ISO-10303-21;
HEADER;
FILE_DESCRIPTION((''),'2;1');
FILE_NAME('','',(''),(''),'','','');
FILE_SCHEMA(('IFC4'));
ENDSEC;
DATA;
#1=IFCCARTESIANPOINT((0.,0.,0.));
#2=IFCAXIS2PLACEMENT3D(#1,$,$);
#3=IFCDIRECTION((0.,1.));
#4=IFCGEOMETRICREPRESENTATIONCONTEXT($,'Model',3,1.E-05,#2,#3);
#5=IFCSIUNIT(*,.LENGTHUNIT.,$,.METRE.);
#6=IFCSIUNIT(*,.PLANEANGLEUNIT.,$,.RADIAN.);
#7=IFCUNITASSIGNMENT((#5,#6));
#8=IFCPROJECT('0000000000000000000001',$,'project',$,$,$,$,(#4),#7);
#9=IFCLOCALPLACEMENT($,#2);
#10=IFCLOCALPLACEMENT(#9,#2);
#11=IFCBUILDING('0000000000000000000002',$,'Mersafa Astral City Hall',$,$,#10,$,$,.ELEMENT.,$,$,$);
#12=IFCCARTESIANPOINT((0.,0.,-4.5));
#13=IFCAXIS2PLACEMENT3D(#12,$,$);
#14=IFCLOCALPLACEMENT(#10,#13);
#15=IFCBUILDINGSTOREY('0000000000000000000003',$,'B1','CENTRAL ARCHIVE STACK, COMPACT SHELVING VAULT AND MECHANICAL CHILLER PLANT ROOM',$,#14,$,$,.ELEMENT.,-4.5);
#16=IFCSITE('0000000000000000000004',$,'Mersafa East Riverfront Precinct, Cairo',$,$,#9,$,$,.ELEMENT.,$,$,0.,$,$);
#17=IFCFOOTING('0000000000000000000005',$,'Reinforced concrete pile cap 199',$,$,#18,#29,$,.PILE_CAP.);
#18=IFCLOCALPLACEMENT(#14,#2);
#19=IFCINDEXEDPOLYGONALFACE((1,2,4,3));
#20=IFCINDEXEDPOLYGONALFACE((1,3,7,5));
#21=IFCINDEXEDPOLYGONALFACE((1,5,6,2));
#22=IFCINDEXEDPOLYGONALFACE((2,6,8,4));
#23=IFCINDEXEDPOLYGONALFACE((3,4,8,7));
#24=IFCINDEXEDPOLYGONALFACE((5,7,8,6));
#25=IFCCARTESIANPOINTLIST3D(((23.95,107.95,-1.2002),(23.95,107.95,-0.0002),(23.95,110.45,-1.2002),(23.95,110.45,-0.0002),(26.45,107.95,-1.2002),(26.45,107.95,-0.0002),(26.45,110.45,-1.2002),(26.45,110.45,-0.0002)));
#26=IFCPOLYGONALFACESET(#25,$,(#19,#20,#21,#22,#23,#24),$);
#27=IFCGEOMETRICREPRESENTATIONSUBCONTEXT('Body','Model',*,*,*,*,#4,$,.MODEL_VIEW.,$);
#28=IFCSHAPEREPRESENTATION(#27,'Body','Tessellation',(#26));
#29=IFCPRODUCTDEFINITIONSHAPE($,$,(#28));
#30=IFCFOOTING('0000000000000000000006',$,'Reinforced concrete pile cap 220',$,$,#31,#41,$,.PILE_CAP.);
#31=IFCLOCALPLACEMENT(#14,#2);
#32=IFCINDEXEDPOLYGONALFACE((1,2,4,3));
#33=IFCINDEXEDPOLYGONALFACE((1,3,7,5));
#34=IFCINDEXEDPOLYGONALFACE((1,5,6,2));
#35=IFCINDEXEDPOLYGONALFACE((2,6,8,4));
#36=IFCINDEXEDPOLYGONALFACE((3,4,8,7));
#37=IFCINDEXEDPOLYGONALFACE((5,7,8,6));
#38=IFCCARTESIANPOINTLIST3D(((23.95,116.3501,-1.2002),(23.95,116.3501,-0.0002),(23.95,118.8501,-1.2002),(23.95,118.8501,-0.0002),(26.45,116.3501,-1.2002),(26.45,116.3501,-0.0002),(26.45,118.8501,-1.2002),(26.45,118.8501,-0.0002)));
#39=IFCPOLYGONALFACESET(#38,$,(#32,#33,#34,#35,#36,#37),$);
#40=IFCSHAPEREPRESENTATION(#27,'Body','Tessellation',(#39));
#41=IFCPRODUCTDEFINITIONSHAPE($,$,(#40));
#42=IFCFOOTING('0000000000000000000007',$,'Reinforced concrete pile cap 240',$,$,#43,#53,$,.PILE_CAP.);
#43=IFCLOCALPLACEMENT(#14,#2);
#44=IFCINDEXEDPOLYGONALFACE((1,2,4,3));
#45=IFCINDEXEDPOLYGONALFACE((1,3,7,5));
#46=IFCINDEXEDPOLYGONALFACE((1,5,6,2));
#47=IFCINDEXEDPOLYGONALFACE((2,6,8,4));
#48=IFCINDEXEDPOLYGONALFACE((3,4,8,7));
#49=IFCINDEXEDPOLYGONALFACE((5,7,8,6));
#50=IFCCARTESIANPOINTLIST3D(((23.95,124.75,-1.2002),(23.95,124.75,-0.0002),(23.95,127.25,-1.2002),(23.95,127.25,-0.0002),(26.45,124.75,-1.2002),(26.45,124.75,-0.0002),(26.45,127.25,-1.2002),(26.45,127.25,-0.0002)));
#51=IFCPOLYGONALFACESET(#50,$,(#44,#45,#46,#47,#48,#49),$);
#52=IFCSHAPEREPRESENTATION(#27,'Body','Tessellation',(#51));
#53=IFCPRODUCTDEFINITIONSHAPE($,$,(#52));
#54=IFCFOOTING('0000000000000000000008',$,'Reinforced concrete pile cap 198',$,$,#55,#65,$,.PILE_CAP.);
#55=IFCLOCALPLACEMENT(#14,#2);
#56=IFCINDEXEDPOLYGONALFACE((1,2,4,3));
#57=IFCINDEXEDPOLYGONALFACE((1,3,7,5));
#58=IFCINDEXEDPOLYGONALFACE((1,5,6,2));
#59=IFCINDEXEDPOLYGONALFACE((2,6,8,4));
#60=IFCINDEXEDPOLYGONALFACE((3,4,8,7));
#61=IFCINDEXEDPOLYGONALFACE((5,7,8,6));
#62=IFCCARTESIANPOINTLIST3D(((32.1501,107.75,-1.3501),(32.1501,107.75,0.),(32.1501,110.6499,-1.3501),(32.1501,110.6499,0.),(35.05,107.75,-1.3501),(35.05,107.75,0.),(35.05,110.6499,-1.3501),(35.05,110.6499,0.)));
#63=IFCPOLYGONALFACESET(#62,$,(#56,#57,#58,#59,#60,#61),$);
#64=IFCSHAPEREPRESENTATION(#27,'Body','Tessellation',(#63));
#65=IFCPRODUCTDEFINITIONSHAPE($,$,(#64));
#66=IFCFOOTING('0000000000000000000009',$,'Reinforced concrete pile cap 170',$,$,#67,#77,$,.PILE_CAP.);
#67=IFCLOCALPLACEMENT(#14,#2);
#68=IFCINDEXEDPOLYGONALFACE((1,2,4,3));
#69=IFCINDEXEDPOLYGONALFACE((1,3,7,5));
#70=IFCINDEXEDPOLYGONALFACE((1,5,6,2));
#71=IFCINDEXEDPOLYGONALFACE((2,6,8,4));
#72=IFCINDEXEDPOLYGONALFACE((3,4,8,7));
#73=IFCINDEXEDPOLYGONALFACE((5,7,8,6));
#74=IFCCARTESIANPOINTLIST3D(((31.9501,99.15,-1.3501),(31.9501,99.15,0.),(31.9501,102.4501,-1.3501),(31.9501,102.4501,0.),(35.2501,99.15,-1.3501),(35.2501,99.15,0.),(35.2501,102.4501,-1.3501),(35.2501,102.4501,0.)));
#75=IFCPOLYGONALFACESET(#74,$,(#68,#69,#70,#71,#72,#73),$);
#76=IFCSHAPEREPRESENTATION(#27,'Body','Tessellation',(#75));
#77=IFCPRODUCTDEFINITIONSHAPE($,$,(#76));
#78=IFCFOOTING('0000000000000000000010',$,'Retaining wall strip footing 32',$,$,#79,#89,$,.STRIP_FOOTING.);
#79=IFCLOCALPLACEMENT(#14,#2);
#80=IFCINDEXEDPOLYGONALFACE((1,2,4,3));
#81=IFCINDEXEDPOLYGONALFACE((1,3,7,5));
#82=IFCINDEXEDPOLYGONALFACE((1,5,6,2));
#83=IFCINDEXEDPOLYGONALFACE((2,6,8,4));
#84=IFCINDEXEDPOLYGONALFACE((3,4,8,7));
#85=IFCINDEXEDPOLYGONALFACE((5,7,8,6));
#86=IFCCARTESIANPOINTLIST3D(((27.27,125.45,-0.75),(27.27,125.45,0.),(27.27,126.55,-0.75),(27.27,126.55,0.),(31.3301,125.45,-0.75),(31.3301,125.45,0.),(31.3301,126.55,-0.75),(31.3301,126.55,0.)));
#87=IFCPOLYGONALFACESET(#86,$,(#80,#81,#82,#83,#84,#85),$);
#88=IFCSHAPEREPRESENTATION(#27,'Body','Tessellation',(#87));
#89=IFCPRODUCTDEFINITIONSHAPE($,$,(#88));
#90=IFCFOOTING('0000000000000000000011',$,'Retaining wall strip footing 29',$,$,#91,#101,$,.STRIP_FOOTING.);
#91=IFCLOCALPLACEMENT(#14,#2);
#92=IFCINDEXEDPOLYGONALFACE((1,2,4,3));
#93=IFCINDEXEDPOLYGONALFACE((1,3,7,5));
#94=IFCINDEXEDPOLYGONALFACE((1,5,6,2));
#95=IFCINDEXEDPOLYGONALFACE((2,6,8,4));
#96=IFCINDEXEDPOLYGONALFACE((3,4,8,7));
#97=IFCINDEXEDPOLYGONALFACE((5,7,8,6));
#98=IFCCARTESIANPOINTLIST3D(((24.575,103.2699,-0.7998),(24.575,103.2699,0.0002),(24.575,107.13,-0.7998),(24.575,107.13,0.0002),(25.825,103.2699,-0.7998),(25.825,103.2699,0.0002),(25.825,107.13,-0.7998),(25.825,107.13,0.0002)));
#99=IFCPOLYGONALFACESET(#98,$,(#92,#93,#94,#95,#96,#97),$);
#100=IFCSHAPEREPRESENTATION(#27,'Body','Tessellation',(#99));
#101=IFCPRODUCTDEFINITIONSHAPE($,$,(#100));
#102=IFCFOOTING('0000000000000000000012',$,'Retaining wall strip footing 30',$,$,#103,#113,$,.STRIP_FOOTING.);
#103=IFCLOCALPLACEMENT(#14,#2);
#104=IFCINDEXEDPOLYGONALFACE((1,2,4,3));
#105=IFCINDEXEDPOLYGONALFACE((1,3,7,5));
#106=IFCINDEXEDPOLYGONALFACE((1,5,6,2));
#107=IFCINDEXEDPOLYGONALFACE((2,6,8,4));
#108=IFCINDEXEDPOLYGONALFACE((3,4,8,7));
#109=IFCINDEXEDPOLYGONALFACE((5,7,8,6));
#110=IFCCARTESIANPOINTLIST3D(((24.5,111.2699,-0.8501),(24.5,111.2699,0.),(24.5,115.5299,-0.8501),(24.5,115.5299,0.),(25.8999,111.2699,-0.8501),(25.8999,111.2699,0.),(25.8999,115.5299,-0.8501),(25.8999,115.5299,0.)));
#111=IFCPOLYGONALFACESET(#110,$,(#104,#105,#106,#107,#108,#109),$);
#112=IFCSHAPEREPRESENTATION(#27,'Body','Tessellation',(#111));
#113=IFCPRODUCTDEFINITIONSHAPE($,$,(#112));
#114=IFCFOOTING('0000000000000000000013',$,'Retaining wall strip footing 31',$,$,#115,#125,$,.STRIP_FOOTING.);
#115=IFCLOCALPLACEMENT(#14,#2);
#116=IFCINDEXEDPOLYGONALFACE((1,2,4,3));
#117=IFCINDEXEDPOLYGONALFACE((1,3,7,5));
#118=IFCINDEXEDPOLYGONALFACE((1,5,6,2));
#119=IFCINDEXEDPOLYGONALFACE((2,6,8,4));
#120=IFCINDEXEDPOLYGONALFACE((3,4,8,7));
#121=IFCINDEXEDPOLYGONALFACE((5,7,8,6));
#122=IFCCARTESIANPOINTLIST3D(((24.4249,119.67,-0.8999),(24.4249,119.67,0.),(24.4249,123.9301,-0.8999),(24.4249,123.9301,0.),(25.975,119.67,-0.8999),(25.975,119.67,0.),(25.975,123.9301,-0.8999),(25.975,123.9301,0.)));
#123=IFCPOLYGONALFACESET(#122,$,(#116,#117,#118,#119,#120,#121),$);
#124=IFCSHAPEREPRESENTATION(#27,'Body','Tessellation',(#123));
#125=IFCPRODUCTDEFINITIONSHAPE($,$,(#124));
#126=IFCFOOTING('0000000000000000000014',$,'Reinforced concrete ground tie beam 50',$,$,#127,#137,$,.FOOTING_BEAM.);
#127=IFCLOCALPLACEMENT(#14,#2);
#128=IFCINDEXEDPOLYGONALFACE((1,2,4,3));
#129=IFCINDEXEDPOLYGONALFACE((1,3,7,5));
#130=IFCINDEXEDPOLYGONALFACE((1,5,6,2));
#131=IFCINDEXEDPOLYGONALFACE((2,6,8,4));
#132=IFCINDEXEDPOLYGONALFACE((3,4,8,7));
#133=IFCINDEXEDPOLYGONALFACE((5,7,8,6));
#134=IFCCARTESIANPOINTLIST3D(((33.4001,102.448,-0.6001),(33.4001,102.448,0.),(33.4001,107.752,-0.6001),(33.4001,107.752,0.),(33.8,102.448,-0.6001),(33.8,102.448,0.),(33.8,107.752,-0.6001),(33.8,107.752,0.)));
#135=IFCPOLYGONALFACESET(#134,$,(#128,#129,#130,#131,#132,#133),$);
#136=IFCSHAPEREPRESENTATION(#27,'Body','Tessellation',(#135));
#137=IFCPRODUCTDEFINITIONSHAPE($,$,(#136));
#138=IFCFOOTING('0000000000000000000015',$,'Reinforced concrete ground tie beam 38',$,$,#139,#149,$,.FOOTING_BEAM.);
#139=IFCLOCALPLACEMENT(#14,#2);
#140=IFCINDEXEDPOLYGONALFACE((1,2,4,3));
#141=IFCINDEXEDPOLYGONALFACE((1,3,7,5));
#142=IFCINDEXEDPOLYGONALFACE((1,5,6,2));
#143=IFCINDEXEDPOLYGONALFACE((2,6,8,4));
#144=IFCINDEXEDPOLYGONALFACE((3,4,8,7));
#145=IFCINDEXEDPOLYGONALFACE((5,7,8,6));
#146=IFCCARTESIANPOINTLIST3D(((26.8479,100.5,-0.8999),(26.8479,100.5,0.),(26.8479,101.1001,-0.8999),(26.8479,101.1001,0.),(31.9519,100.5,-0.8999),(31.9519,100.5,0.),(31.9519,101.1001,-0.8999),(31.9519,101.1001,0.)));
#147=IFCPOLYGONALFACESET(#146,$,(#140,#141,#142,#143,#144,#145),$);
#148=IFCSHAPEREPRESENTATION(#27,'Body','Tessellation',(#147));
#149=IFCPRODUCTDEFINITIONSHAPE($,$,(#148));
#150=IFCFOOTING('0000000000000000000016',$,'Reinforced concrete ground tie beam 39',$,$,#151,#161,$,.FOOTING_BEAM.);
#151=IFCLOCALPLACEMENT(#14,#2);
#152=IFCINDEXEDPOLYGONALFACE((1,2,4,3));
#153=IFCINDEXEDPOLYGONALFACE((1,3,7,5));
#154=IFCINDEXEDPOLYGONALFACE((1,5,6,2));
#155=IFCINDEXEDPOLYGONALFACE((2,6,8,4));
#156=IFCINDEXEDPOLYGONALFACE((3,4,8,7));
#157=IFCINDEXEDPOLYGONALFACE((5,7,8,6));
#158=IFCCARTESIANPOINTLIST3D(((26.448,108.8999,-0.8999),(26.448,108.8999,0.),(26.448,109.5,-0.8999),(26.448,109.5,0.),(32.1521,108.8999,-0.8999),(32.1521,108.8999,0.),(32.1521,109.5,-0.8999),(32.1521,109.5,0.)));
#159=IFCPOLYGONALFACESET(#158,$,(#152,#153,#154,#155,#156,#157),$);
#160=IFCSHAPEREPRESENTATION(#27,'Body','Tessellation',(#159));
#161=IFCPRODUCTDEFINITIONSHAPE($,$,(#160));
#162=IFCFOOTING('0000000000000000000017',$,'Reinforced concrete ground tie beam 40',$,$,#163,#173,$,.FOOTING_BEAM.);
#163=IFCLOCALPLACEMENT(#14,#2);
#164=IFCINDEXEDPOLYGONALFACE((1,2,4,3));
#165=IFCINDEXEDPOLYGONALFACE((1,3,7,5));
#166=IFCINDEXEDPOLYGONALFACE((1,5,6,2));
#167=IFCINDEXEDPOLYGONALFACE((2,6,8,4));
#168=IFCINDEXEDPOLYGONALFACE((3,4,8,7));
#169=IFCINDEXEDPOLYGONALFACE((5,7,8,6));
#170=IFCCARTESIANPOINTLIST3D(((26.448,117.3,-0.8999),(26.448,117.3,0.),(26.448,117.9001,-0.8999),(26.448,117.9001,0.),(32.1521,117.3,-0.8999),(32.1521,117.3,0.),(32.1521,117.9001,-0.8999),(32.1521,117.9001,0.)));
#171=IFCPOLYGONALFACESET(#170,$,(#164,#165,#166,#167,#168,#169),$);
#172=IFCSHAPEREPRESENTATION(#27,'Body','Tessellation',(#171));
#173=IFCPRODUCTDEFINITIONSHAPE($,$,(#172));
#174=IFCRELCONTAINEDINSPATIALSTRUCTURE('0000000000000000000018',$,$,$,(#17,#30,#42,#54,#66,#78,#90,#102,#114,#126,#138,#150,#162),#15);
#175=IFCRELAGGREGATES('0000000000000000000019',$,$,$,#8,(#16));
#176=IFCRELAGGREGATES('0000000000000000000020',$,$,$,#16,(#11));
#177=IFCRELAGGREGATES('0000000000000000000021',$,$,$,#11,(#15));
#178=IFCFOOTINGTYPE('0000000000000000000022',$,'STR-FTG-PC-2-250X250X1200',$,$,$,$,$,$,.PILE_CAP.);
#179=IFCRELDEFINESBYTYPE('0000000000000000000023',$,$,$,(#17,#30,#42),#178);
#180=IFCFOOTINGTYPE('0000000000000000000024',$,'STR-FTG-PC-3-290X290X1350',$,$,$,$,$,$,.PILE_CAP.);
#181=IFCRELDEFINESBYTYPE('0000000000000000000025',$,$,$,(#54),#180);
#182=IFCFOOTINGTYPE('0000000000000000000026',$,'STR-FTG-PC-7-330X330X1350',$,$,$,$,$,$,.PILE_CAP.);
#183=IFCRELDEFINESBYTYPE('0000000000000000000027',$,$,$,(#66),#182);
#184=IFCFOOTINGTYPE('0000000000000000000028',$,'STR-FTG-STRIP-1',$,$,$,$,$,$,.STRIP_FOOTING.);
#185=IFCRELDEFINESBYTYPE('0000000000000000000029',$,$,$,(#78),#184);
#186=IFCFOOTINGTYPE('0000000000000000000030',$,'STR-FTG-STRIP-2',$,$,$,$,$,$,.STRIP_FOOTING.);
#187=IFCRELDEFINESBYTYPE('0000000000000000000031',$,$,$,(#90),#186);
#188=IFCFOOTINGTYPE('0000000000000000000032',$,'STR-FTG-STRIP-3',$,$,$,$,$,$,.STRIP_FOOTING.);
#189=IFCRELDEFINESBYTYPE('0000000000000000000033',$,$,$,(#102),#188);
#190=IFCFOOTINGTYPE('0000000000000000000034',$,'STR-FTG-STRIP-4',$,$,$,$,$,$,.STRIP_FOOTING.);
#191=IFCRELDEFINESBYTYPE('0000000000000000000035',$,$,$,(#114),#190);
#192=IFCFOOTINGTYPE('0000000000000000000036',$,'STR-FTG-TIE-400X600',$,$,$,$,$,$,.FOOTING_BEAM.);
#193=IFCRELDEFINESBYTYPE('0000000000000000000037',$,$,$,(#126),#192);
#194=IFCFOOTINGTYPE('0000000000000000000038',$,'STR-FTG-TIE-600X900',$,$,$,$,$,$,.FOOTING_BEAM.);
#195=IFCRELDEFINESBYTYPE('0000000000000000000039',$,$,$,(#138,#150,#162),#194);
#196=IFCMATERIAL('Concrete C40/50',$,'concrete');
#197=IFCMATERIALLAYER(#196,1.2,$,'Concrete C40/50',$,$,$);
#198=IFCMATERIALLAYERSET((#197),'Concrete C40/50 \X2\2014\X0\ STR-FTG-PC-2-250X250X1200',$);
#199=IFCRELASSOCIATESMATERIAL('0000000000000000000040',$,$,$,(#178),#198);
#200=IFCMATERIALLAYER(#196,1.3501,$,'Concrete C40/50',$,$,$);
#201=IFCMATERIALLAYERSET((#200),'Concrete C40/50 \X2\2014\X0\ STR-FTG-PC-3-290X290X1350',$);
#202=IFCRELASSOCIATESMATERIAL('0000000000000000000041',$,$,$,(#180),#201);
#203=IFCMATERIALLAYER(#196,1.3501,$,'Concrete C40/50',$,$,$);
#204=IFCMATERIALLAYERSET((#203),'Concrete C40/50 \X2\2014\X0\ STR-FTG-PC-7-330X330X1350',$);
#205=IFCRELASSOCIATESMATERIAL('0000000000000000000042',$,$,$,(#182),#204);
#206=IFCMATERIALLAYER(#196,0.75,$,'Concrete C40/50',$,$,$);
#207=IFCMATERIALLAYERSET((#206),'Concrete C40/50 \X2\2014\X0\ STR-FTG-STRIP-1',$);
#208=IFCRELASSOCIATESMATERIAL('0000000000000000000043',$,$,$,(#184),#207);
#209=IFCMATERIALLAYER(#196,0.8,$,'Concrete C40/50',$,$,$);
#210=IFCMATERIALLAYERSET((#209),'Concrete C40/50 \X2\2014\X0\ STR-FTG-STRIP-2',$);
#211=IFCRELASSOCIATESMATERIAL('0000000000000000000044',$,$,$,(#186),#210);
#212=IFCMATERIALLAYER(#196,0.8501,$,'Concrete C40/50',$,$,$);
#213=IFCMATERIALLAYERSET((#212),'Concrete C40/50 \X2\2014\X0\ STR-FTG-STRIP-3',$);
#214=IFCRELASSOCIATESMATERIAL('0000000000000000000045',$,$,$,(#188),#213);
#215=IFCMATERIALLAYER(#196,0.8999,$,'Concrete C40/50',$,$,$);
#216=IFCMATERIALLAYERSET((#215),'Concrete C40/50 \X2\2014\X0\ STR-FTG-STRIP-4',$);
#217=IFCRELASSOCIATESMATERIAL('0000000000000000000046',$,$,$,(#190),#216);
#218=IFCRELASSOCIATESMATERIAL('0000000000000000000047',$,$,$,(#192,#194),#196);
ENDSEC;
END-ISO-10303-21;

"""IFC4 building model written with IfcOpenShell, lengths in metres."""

from ifc_helpers import new_model, si_unit, direction, frame, origin, origin_2d, place, context, subcontext, project, spatial, rectangle, extrude, material, layer, layer_set, material_profile, profile_set, type_object, element, save


model = new_model("IFC4")

# Units and contexts
model_context = context("Model", 3, precision=1e-05, world=origin(), true_north=direction((0.0, 1.0)))
body_context = subcontext(model_context, "Body", "Model", "MODEL_VIEW")
ifc_project = project(units=[si_unit("LENGTHUNIT", "METRE"), si_unit("PLANEANGLEUNIT", "RADIAN")], contexts=[model_context])

# Site, building, storey
site_placement = place(None, origin())
site = spatial("IfcSite", under=ifc_project, at=site_placement, Name="Mersafa East Riverfront Precinct, Cairo", CompositionType="ELEMENT", RefElevation=0.0)
building_placement = place(site_placement, origin())
building = spatial("IfcBuilding", under=site, at=building_placement, Name="Mersafa Astral City Hall", CompositionType="ELEMENT")
storey_placement = place(building_placement, frame((0.0, 0.0, -4.5)))
storey = spatial("IfcBuildingStorey", under=building, at=storey_placement, Name="B1", Description="CENTRAL ARCHIVE STACK, COMPACT SHELVING VAULT AND MECHANICAL CHILLER PLANT ROOM", CompositionType="ELEMENT", Elevation=-4.5)

# Footings
ifc_material_1 = material(Name="Concrete C40/50", Category="concrete")
ifc_layer_1 = layer(ifc_material_1, 1.2, Name="Concrete C40/50")
ifc_layer_set_1 = layer_set([ifc_layer_1], Name="Concrete C40/50 — STR-FTG-PC-2-250X250X1200")
footing_type_1 = type_object("IfcFootingType", Name="STR-FTG-PC-2-250X250X1200", PredefinedType="PILE_CAP", material=ifc_layer_set_1)
for number, where, z_axis, x_axis, name in (
    (1, (25.2, 109.2, -1.2002), (0.0, 0.0, 1.0), (1.0, 0.0, 0.0), "Reinforced concrete pile cap 199"),
    (2, (25.2, 117.6001, -1.2002), (0.0, 0.0, 1.0), (1.0, 0.0, 0.0), "Reinforced concrete pile cap 220"),
    (3, (25.2, 126.0, -1.2002), (0.0, 0.0, 1.0), (1.0, 0.0, 0.0), "Reinforced concrete pile cap 240"),
):
    element("IfcFooting", number, at=place(storey_placement, frame(where, z_axis=z_axis, x_axis=x_axis)), inside=storey, type_object=footing_type_1, Name=name, PredefinedType="PILE_CAP", context=body_context, shape_type="SweptSolid", body=[
        extrude(rectangle(XDim=2.5, YDim=2.5, at=origin_2d()), origin(), (0.0, 0.0, 1.0), 1.2),
    ])
ifc_layer_2 = layer(ifc_material_1, 1.3501, Name="Concrete C40/50")
ifc_layer_set_2 = layer_set([ifc_layer_2], Name="Concrete C40/50 — STR-FTG-PC-3-290X290X1350")
footing_type_2 = type_object("IfcFootingType", Name="STR-FTG-PC-3-290X290X1350", PredefinedType="PILE_CAP", material=ifc_layer_set_2)
footing_1_placement = place(storey_placement, frame((33.6001, 109.2, -1.3501), z_axis=(0.0, 0.0, 1.0), x_axis=(1.0, 0.0, 0.0)))
element("IfcFooting", 4, at=footing_1_placement, inside=storey, type_object=footing_type_2, Name="Reinforced concrete pile cap 198", PredefinedType="PILE_CAP", context=body_context, shape_type="SweptSolid", body=[
    extrude(rectangle(XDim=2.8999, YDim=2.8999, at=origin_2d()), origin(), (0.0, 0.0, 1.0), 1.3501),
])
ifc_layer_3 = layer(ifc_material_1, 1.3501, Name="Concrete C40/50")
ifc_layer_set_3 = layer_set([ifc_layer_3], Name="Concrete C40/50 — STR-FTG-PC-7-330X330X1350")
footing_type_3 = type_object("IfcFootingType", Name="STR-FTG-PC-7-330X330X1350", PredefinedType="PILE_CAP", material=ifc_layer_set_3)
footing_2_placement = place(storey_placement, frame((33.6001, 100.8, -1.3501), z_axis=(0.0, 0.0, 1.0), x_axis=(1.0, 0.0, 0.0)))
element("IfcFooting", 5, at=footing_2_placement, inside=storey, type_object=footing_type_3, Name="Reinforced concrete pile cap 170", PredefinedType="PILE_CAP", context=body_context, shape_type="SweptSolid", body=[
    extrude(rectangle(XDim=3.3, YDim=3.3, at=origin_2d()), origin(), (0.0, 0.0, 1.0), 1.3501),
])
ifc_layer_4 = layer(ifc_material_1, 0.75, Name="Concrete C40/50")
ifc_layer_set_4 = layer_set([ifc_layer_4], Name="Concrete C40/50 — STR-FTG-STRIP-1")
footing_type_4 = type_object("IfcFootingType", Name="STR-FTG-STRIP-1", PredefinedType="STRIP_FOOTING", material=ifc_layer_set_4)
footing_3_placement = place(storey_placement, frame((29.3, 126.0, -0.75), z_axis=(0.0, 0.0, 1.0), x_axis=(1.0, 0.0, 0.0)))
element("IfcFooting", 6, at=footing_3_placement, inside=storey, type_object=footing_type_4, Name="Retaining wall strip footing 32", PredefinedType="STRIP_FOOTING", context=body_context, shape_type="SweptSolid", body=[
    extrude(rectangle(XDim=4.0601, YDim=1.1001, at=origin_2d()), origin(), (0.0, 0.0, 1.0), 0.75),
])
ifc_layer_5 = layer(ifc_material_1, 0.8, Name="Concrete C40/50")
ifc_layer_set_5 = layer_set([ifc_layer_5], Name="Concrete C40/50 — STR-FTG-STRIP-2")
footing_type_5 = type_object("IfcFootingType", Name="STR-FTG-STRIP-2", PredefinedType="STRIP_FOOTING", material=ifc_layer_set_5)
footing_4_placement = place(storey_placement, frame((25.2, 105.2, -0.7998), z_axis=(0.0, 0.0, 1.0), x_axis=(0.0, 1.0, 0.0)))
element("IfcFooting", 7, at=footing_4_placement, inside=storey, type_object=footing_type_5, Name="Retaining wall strip footing 29", PredefinedType="STRIP_FOOTING", context=body_context, shape_type="SweptSolid", body=[
    extrude(rectangle(XDim=3.8601, YDim=1.25, at=origin_2d()), origin(), (0.0, 0.0, 1.0), 0.8),
])
ifc_layer_6 = layer(ifc_material_1, 0.8501, Name="Concrete C40/50")
ifc_layer_set_6 = layer_set([ifc_layer_6], Name="Concrete C40/50 — STR-FTG-STRIP-3")
footing_type_6 = type_object("IfcFootingType", Name="STR-FTG-STRIP-3", PredefinedType="STRIP_FOOTING", material=ifc_layer_set_6)
footing_5_placement = place(storey_placement, frame((25.2, 113.3999, -0.8501), z_axis=(0.0, 0.0, 1.0), x_axis=(0.0, 1.0, 0.0)))
element("IfcFooting", 8, at=footing_5_placement, inside=storey, type_object=footing_type_6, Name="Retaining wall strip footing 30", PredefinedType="STRIP_FOOTING", context=body_context, shape_type="SweptSolid", body=[
    extrude(rectangle(XDim=4.26, YDim=1.3999, at=origin_2d()), origin(), (0.0, 0.0, 1.0), 0.8501),
])
ifc_layer_7 = layer(ifc_material_1, 0.8999, Name="Concrete C40/50")
ifc_layer_set_7 = layer_set([ifc_layer_7], Name="Concrete C40/50 — STR-FTG-STRIP-4")
footing_type_7 = type_object("IfcFootingType", Name="STR-FTG-STRIP-4", PredefinedType="STRIP_FOOTING", material=ifc_layer_set_7)
footing_6_placement = place(storey_placement, frame((25.2, 121.8, -0.8999), z_axis=(0.0, 0.0, 1.0), x_axis=(0.0, 1.0, 0.0)))
element("IfcFooting", 9, at=footing_6_placement, inside=storey, type_object=footing_type_7, Name="Retaining wall strip footing 31", PredefinedType="STRIP_FOOTING", context=body_context, shape_type="SweptSolid", body=[
    extrude(rectangle(XDim=4.26, YDim=1.55, at=origin_2d()), origin(), (0.0, 0.0, 1.0), 0.8999),
])
ifc_material_profile_1 = material_profile(ifc_material_1, rectangle(XDim=0.3999, YDim=0.6001, at=origin_2d()), Name="RC 400x600")
ifc_profile_set_1 = profile_set([ifc_material_profile_1], Name="Concrete C40/50")
footing_type_8 = type_object("IfcFootingType", Name="STR-FTG-TIE-400X600", PredefinedType="FOOTING_BEAM", material=ifc_profile_set_1)
footing_7_placement = place(storey_placement, frame((33.6001, 102.448, -0.3), z_axis=(0.0, 1.0, 0.0), x_axis=(-1.0, 0.0, 0.0)))
element("IfcFooting", 10, at=footing_7_placement, inside=storey, type_object=footing_type_8, Name="Reinforced concrete ground tie beam 50", PredefinedType="FOOTING_BEAM", context=body_context, shape_type="SweptSolid", body=[
    extrude(rectangle(XDim=0.3999, YDim=0.6001, at=origin_2d()), origin(), (0.0, 0.0, 1.0), 5.304),
])
ifc_material_profile_2 = material_profile(ifc_material_1, rectangle(XDim=0.6001, YDim=0.8999, at=origin_2d()), Name="RC 600x900")
ifc_profile_set_2 = profile_set([ifc_material_profile_2], Name="Concrete C40/50")
footing_type_9 = type_object("IfcFootingType", Name="STR-FTG-TIE-600X900", PredefinedType="FOOTING_BEAM", material=ifc_profile_set_2)
footing_8_placement = place(storey_placement, frame((26.8479, 100.8, -0.45), z_axis=(1.0, 0.0, 0.0), x_axis=(0.0, 1.0, 0.0)))
element("IfcFooting", 11, at=footing_8_placement, inside=storey, type_object=footing_type_9, Name="Reinforced concrete ground tie beam 38", PredefinedType="FOOTING_BEAM", context=body_context, shape_type="SweptSolid", body=[
    extrude(rectangle(XDim=0.6001, YDim=0.8999, at=origin_2d()), origin(), (0.0, 0.0, 1.0), 5.104),
])
for number, where, z_axis, x_axis, name in (
    (12, (26.448, 109.2, -0.45), (1.0, 0.0, 0.0), (0.0, 1.0, 0.0), "Reinforced concrete ground tie beam 39"),
    (13, (26.448, 117.6001, -0.45), (1.0, 0.0, 0.0), (0.0, 1.0, 0.0), "Reinforced concrete ground tie beam 40"),
):
    element("IfcFooting", number, at=place(storey_placement, frame(where, z_axis=z_axis, x_axis=x_axis)), inside=storey, type_object=footing_type_9, Name=name, PredefinedType="FOOTING_BEAM", context=body_context, shape_type="SweptSolid", body=[
        extrude(rectangle(XDim=0.6001, YDim=0.8999, at=origin_2d()), origin(), (0.0, 0.0, 1.0), 5.7041),
    ])

save(model, "model.ifc")
